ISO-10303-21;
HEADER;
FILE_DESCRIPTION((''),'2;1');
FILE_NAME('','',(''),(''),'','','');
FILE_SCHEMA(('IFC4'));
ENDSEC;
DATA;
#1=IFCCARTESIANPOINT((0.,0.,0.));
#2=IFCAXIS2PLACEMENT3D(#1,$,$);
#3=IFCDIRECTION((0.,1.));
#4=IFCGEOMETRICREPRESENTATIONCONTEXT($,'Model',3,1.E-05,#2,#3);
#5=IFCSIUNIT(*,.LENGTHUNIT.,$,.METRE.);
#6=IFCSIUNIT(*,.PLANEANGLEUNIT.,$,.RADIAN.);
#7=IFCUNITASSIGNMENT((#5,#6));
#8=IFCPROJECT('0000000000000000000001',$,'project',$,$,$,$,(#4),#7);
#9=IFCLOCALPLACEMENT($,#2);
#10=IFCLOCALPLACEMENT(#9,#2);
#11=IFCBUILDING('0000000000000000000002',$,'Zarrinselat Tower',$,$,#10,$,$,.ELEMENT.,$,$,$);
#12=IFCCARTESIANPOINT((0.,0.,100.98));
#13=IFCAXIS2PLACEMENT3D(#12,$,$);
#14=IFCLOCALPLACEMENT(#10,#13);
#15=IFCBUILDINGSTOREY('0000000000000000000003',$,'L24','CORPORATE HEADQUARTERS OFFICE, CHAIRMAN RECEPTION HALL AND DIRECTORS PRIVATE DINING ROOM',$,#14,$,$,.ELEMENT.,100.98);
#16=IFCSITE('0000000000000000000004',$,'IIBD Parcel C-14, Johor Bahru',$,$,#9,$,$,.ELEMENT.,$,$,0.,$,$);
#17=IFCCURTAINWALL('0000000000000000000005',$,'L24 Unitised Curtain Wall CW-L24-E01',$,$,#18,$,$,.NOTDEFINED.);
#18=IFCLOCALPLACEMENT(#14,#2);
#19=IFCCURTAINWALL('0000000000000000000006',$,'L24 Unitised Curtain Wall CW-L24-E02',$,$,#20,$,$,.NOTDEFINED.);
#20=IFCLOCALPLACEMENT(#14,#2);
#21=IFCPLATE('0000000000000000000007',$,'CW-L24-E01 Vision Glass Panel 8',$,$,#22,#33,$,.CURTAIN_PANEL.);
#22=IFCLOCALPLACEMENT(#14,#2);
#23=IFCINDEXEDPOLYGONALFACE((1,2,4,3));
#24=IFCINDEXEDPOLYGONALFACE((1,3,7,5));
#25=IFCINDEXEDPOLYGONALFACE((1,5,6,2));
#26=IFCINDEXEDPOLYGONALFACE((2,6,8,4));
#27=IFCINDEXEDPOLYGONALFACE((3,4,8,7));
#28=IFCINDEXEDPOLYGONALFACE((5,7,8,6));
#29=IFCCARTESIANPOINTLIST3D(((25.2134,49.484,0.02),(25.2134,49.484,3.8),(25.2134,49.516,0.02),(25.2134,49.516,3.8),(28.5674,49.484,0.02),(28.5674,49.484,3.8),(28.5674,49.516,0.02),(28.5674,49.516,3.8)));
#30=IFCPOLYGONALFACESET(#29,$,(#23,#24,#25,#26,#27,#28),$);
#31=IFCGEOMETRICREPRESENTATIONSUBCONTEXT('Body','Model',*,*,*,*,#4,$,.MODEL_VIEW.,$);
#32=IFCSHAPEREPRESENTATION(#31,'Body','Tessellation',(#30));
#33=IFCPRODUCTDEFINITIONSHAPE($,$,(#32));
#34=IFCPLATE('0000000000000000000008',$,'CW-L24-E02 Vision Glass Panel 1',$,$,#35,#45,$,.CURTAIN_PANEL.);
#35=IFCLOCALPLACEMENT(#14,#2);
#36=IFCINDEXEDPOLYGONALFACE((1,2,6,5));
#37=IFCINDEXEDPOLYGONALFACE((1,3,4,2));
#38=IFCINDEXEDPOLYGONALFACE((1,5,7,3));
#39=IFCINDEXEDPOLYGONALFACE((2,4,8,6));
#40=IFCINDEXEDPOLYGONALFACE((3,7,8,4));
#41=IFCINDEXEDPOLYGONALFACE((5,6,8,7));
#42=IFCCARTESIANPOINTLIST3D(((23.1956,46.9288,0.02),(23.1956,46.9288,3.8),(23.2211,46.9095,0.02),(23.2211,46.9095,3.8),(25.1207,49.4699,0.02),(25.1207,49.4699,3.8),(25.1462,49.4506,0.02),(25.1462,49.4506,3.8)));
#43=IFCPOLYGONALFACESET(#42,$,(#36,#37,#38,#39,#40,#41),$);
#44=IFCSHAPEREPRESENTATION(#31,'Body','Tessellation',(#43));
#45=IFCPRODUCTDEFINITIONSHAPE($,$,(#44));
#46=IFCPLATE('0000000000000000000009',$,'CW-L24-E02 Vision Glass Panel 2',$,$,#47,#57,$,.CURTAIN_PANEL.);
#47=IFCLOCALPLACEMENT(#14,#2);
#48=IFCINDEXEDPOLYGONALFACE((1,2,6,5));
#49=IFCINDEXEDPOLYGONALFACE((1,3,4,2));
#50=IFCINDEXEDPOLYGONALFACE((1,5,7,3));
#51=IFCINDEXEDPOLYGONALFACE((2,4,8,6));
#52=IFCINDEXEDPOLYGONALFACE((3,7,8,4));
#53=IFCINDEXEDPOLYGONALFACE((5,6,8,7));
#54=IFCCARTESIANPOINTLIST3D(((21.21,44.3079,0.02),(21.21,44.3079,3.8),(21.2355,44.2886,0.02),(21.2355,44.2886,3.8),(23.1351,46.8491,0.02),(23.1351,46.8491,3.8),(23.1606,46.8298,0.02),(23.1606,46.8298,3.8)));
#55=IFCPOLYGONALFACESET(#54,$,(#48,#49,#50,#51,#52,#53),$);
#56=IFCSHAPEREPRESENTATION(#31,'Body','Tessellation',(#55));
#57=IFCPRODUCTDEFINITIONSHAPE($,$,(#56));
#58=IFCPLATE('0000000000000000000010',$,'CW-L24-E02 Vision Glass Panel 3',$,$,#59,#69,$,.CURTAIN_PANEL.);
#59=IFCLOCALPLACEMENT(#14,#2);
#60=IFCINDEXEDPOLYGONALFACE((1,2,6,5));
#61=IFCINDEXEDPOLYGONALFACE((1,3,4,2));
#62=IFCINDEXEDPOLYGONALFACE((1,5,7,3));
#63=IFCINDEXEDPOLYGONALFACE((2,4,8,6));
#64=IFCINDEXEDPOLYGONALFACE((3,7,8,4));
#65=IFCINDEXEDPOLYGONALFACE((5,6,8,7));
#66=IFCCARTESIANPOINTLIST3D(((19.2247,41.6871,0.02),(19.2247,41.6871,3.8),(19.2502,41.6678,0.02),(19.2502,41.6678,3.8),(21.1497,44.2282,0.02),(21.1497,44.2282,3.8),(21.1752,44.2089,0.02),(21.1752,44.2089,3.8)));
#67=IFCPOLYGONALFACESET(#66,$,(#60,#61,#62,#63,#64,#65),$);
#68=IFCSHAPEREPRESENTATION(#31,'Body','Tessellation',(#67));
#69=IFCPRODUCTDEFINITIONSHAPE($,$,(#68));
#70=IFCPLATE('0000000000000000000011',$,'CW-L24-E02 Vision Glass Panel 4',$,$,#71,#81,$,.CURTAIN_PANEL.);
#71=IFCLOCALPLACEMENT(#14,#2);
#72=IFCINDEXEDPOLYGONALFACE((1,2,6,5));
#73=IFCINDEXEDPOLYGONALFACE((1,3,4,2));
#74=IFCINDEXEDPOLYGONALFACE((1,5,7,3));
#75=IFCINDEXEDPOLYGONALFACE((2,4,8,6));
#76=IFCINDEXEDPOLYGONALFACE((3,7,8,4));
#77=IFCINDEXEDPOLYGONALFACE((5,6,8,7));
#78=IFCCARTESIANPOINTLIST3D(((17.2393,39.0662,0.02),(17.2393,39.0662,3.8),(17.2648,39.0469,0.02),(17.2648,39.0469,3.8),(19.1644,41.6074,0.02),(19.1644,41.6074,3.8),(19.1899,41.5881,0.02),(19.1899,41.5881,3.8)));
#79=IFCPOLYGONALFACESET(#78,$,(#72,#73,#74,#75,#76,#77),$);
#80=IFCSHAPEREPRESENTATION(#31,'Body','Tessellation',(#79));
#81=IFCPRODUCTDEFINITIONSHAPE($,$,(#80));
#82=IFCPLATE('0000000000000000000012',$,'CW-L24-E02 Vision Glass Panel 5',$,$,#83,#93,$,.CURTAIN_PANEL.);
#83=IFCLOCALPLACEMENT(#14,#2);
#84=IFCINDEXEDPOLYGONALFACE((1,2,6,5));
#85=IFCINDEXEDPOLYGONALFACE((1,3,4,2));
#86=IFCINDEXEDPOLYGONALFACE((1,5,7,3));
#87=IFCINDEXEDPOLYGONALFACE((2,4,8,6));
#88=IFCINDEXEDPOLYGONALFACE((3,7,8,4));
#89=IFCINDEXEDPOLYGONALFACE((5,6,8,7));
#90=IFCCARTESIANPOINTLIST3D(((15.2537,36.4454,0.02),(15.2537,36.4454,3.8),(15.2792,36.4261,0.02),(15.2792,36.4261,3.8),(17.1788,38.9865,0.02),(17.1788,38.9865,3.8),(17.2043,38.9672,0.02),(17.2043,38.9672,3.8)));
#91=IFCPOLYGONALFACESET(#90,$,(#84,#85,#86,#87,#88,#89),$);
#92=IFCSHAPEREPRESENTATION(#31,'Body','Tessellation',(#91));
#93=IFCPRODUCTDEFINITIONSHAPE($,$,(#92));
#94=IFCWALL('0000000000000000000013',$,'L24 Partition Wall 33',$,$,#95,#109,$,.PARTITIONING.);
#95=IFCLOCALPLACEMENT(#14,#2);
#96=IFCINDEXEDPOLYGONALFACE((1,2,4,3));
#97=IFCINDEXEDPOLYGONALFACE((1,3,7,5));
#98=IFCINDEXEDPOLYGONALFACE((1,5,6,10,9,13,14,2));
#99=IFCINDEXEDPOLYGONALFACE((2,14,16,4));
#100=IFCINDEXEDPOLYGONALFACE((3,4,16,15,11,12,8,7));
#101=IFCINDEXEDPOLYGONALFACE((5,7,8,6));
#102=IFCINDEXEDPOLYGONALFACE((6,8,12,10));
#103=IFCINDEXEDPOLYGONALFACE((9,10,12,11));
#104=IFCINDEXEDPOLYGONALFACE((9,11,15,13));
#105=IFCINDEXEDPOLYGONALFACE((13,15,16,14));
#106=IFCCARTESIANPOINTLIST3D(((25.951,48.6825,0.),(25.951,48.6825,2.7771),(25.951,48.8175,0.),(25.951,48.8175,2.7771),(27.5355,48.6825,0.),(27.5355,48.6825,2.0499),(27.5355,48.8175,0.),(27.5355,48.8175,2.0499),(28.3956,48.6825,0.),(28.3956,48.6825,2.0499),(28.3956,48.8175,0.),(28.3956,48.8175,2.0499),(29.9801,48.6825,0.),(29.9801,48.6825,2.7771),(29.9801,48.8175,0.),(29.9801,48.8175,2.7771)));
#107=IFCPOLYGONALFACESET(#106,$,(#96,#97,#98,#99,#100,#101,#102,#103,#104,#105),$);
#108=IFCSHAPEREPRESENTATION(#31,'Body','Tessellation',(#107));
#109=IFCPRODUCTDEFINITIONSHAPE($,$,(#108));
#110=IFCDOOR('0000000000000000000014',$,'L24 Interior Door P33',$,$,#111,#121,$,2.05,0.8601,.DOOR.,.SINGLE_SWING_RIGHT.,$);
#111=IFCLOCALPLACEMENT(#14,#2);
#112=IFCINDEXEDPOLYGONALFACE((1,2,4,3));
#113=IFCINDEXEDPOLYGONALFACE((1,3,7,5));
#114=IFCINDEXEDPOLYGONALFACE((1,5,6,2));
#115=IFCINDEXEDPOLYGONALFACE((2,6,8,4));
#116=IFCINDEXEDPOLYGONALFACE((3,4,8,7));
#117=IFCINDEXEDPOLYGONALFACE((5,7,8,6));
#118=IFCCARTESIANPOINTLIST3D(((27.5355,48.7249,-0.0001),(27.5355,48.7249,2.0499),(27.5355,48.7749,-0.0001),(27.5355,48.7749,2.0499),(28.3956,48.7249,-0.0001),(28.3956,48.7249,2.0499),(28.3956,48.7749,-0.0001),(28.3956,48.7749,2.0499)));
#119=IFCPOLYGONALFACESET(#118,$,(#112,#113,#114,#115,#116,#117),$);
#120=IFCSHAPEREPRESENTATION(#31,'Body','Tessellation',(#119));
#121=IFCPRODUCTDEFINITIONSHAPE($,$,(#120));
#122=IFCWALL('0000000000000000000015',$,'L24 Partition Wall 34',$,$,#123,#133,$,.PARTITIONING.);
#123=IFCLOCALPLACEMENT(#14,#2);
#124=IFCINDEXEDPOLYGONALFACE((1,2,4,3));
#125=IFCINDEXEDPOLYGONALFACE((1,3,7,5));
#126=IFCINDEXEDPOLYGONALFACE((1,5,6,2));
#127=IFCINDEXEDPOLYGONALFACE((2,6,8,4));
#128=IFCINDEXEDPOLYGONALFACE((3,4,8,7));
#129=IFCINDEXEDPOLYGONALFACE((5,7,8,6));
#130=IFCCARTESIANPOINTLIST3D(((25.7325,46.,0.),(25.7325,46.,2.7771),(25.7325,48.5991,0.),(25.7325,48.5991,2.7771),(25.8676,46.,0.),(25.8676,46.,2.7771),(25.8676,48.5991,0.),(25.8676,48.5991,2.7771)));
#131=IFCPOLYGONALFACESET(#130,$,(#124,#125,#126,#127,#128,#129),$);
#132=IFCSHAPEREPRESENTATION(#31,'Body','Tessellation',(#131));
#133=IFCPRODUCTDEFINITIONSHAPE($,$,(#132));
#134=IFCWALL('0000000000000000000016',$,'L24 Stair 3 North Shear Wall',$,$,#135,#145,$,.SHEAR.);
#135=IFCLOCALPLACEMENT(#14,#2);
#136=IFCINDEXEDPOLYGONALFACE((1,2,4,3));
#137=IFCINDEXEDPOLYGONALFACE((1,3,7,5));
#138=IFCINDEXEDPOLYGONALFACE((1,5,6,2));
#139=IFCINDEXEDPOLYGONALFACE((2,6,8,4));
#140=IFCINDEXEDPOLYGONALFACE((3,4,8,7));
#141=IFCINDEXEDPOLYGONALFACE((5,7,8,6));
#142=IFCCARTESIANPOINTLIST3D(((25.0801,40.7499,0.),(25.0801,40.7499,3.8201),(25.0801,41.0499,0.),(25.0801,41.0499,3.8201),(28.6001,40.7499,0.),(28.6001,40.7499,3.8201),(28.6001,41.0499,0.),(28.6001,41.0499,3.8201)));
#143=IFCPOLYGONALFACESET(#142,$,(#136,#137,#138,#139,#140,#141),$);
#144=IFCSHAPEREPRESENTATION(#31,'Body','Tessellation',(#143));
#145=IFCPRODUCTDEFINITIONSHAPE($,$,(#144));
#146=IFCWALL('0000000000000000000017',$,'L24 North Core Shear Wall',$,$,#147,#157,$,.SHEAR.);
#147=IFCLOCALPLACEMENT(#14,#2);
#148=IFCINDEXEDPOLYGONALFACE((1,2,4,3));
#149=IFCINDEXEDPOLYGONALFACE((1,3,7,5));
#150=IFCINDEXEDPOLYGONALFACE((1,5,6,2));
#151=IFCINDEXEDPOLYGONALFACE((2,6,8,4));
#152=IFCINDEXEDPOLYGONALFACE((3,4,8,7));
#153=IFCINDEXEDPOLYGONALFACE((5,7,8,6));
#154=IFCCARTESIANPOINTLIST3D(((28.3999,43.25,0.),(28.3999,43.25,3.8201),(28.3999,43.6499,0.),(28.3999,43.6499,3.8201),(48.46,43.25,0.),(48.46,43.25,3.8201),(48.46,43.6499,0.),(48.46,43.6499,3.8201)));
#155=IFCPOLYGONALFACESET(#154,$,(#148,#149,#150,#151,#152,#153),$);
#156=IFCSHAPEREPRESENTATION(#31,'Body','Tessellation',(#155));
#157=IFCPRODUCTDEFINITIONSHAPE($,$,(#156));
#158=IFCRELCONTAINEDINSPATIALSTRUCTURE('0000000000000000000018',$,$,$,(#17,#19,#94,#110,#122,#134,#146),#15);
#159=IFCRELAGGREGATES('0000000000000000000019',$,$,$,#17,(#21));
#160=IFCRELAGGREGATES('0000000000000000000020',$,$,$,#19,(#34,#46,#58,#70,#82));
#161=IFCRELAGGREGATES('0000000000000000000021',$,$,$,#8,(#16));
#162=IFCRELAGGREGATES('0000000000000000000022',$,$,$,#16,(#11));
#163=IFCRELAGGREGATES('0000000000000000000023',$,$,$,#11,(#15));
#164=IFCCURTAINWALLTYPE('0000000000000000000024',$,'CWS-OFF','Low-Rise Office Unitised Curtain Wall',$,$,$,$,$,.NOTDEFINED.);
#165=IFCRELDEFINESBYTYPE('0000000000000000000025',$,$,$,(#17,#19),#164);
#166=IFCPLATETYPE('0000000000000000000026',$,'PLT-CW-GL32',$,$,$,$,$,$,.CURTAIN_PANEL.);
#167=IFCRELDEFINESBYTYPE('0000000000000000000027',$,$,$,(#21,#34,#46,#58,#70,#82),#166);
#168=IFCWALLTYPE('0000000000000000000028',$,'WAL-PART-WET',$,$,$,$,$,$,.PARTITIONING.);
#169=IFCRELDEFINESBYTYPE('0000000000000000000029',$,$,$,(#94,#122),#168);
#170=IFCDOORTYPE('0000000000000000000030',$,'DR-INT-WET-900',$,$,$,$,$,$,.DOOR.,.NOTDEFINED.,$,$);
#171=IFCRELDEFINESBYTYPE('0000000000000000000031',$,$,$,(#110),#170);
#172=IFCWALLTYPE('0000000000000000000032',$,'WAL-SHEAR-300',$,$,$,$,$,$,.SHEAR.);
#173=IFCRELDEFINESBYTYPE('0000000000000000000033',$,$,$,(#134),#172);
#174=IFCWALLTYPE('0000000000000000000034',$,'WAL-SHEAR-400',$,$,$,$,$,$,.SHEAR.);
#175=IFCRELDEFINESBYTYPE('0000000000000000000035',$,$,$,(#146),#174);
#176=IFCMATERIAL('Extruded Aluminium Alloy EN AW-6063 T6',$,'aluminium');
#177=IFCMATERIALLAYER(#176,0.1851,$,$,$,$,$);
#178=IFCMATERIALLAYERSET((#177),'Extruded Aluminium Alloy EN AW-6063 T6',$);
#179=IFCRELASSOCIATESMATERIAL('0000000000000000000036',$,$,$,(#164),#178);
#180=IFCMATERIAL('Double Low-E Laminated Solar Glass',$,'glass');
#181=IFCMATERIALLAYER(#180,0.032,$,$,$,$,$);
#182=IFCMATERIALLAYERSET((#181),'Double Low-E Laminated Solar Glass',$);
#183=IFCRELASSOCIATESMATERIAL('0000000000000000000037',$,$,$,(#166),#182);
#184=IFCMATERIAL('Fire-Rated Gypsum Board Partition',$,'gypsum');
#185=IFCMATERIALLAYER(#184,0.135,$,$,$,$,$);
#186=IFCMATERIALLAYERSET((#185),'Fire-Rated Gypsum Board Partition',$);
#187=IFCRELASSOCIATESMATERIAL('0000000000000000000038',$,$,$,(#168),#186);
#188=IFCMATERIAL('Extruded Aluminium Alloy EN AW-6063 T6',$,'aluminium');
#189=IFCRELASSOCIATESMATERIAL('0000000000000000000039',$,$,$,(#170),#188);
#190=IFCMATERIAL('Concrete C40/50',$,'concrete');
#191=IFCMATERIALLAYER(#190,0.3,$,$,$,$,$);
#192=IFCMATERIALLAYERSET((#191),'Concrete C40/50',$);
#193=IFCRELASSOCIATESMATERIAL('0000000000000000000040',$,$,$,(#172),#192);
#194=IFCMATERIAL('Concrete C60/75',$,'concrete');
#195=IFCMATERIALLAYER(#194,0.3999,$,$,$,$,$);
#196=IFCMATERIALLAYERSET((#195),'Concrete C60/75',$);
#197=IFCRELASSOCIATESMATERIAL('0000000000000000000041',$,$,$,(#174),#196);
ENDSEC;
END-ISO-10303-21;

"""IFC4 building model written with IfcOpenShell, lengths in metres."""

from ifc_helpers import new_model, si_unit, direction, frame, frame_2d, origin, origin_2d, place, context, subcontext, project, spatial, rectangle, extrude, material, layer, layer_set, type_object, element, fill, aggregate, save


model = new_model("IFC4")

# Units and contexts
model_context = context("Model", 3, precision=1e-05, world=origin(), true_north=direction((0.0, 1.0)))
body_context = subcontext(model_context, "Body", "Model", "MODEL_VIEW")
ifc_project = project(units=[si_unit("LENGTHUNIT", "METRE"), si_unit("PLANEANGLEUNIT", "RADIAN")], contexts=[model_context])

# Site, building, storey
site_placement = place(None, origin())
site = spatial("IfcSite", under=ifc_project, at=site_placement, Name="IIBD Parcel C-14, Johor Bahru", CompositionType="ELEMENT", RefElevation=0.0)
building_placement = place(site_placement, origin())
building = spatial("IfcBuilding", under=site, at=building_placement, Name="Zarrinselat Tower", CompositionType="ELEMENT")
storey_placement = place(building_placement, frame((0.0, 0.0, 100.98)))
storey = spatial("IfcBuildingStorey", under=building, at=storey_placement, Name="L24", Description="CORPORATE HEADQUARTERS OFFICE, CHAIRMAN RECEPTION HALL AND DIRECTORS PRIVATE DINING ROOM", CompositionType="ELEMENT", Elevation=100.98)

# Curtain walls
ifc_material_1 = material(Name="Extruded Aluminium Alloy EN AW-6063 T6", Category="aluminium")
ifc_layer_1 = layer(ifc_material_1, 0.1851)
ifc_layer_set_1 = layer_set([ifc_layer_1], Name="Extruded Aluminium Alloy EN AW-6063 T6")
curtain_wall_type = type_object("IfcCurtainWallType", Name="CWS-OFF", Description="Low-Rise Office Unitised Curtain Wall", PredefinedType="NOTDEFINED", material=ifc_layer_set_1)
curtain_wall_1_placement = place(storey_placement, origin())
curtain_wall_1 = element("IfcCurtainWall", 1, at=curtain_wall_1_placement, inside=storey, type_object=curtain_wall_type, Name="L24 Unitised Curtain Wall CW-L24-E01", PredefinedType="NOTDEFINED")
curtain_wall_2_placement = place(storey_placement, origin())
curtain_wall_2 = element("IfcCurtainWall", 2, at=curtain_wall_2_placement, inside=storey, type_object=curtain_wall_type, Name="L24 Unitised Curtain Wall CW-L24-E02", PredefinedType="NOTDEFINED")

# Plates
ifc_material_2 = material(Name="Double Low-E Laminated Solar Glass", Category="glass")
ifc_layer_2 = layer(ifc_material_2, 0.032)
ifc_layer_set_2 = layer_set([ifc_layer_2], Name="Double Low-E Laminated Solar Glass")
plate_type = type_object("IfcPlateType", Name="PLT-CW-GL32", PredefinedType="CURTAIN_PANEL", material=ifc_layer_set_2)
plate_1_placement = place(storey_placement, frame((26.8904, 49.5, 0.02), z_axis=(0.0, 0.0, 1.0), x_axis=(-1.0, 0.0, 0.0)))
plate_1 = element("IfcPlate", 3, at=plate_1_placement, type_object=plate_type, Name="CW-L24-E01 Vision Glass Panel 8", PredefinedType="CURTAIN_PANEL", context=body_context, shape_type="SweptSolid", body=[
    extrude(rectangle(XDim=3.354, YDim=0.032, at=origin_2d()), origin(), (0.0, 0.0, 1.0), 3.78),
])
aggregate(curtain_wall_1, [plate_1])
plate_2_placement = place(storey_placement, frame((24.1709, 48.1897, 0.02), z_axis=(0.0, 0.0, 1.0), x_axis=(-0.603855, -0.797094, 0.0)))
plate_2 = element("IfcPlate", 4, at=plate_2_placement, type_object=plate_type, Name="CW-L24-E02 Vision Glass Panel 1", PredefinedType="CURTAIN_PANEL", context=body_context, shape_type="SweptSolid", body=[
    extrude(rectangle(XDim=3.188, YDim=0.032, at=origin_2d()), origin(), (0.0, 0.0, 1.0), 3.78),
])
plate_3_placement = place(storey_placement, frame((22.1853, 45.5688, 0.02), z_axis=(0.0, 0.0, 1.0), x_axis=(-0.603855, -0.797094, 0.0)))
plate_3 = element("IfcPlate", 5, at=plate_3_placement, type_object=plate_type, Name="CW-L24-E02 Vision Glass Panel 2", PredefinedType="CURTAIN_PANEL", context=body_context, shape_type="SweptSolid", body=[
    extrude(rectangle(XDim=3.188, YDim=0.032, at=origin_2d()), origin(), (0.0, 0.0, 1.0), 3.78),
])
plate_4_placement = place(storey_placement, frame((20.2, 42.948, 0.02), z_axis=(0.0, 0.0, 1.0), x_axis=(-0.603855, -0.797094, 0.0)))
plate_4 = element("IfcPlate", 6, at=plate_4_placement, type_object=plate_type, Name="CW-L24-E02 Vision Glass Panel 3", PredefinedType="CURTAIN_PANEL", context=body_context, shape_type="SweptSolid", body=[
    extrude(rectangle(XDim=3.188, YDim=0.032, at=origin_2d()), origin(), (0.0, 0.0, 1.0), 3.78),
])
plate_5_placement = place(storey_placement, frame((18.2146, 40.3271, 0.02), z_axis=(0.0, 0.0, 1.0), x_axis=(-0.603855, -0.797094, 0.0)))
plate_5 = element("IfcPlate", 7, at=plate_5_placement, type_object=plate_type, Name="CW-L24-E02 Vision Glass Panel 4", PredefinedType="CURTAIN_PANEL", context=body_context, shape_type="SweptSolid", body=[
    extrude(rectangle(XDim=3.188, YDim=0.032, at=origin_2d()), origin(), (0.0, 0.0, 1.0), 3.78),
])
plate_6_placement = place(storey_placement, frame((16.229, 37.7063, 0.02), z_axis=(0.0, 0.0, 1.0), x_axis=(-0.603855, -0.797094, 0.0)))
plate_6 = element("IfcPlate", 8, at=plate_6_placement, type_object=plate_type, Name="CW-L24-E02 Vision Glass Panel 5", PredefinedType="CURTAIN_PANEL", context=body_context, shape_type="SweptSolid", body=[
    extrude(rectangle(XDim=3.188, YDim=0.032, at=origin_2d()), origin(), (0.0, 0.0, 1.0), 3.78),
])
aggregate(curtain_wall_2, [plate_2, plate_3, plate_4, plate_5, plate_6])

# Wall, opening, door
ifc_material_3 = material(Name="Fire-Rated Gypsum Board Partition", Category="gypsum")
ifc_layer_3 = layer(ifc_material_3, 0.135)
ifc_layer_set_3 = layer_set([ifc_layer_3], Name="Fire-Rated Gypsum Board Partition")
wall_type_1 = type_object("IfcWallType", Name="WAL-PART-WET", PredefinedType="PARTITIONING", material=ifc_layer_set_3)
wall_1_placement = place(storey_placement, frame((25.9509, 48.75, 0.0), z_axis=(0.0, 0.0, 1.0), x_axis=(1.0, 0.0, 0.0)))
wall_1 = element("IfcWall", 9, at=wall_1_placement, inside=storey, type_object=wall_type_1, Name="L24 Partition Wall 33", PredefinedType="PARTITIONING", context=body_context, shape_type="SweptSolid", body=[
    extrude(rectangle(XDim=4.0291, YDim=0.135, at=frame_2d((2.0146, 0.0))), origin(), (0.0, 0.0, 1.0), 2.7771),
])
opening_placement = place(wall_1_placement, frame((1.5845, 0.0, 0.0)))
opening = element("IfcOpeningElement", 10, at=opening_placement, cuts=wall_1, PredefinedType="OPENING", context=body_context, shape_type="SweptSolid", body=[
    extrude(rectangle(XDim=0.8601, YDim=2.05, at=frame_2d((0.4302, 1.0249))), frame((0.0, 0.0774, 0.0), z_axis=(0.0, -1.0, 0.0), x_axis=(1.0, 0.0, 0.0)), (0.0, 0.0, 1.0), 0.155),
])
ifc_material_4 = material(Name="Extruded Aluminium Alloy EN AW-6063 T6", Category="aluminium")
door_type = type_object("IfcDoorType", Name="DR-INT-WET-900", OperationType="NOTDEFINED", PredefinedType="DOOR", material=ifc_material_4)
door_placement = place(opening_placement, origin())
door = element("IfcDoor", 11, at=door_placement, inside=storey, type_object=door_type, Name="L24 Interior Door P33", OperationType="SINGLE_SWING_RIGHT", OverallHeight=2.05, OverallWidth=0.8601, PredefinedType="DOOR", context=body_context, shape_type="SweptSolid", body=[
    extrude(rectangle(XDim=0.8601, YDim=2.05, at=frame_2d((0.4302, 1.0249))), frame((0.0, 0.0249, 0.0), z_axis=(0.0, -1.0, 0.0), x_axis=(1.0, 0.0, 0.0)), (0.0, 0.0, 1.0), 0.05),
])
fill(opening, door)

# Walls
wall_2_placement = place(storey_placement, frame((25.8, 46.0, 0.0), z_axis=(0.0, 0.0, 1.0), x_axis=(0.0, 1.0, 0.0)))
element("IfcWall", 12, at=wall_2_placement, inside=storey, type_object=wall_type_1, Name="L24 Partition Wall 34", PredefinedType="PARTITIONING", context=body_context, shape_type="SweptSolid", body=[
    extrude(rectangle(XDim=2.5991, YDim=0.135, at=frame_2d((1.2996, 0.0))), origin(), (0.0, 0.0, 1.0), 2.7771),
])
ifc_material_5 = material(Name="Concrete C40/50", Category="concrete")
ifc_layer_4 = layer(ifc_material_5, 0.3)
ifc_layer_set_4 = layer_set([ifc_layer_4], Name="Concrete C40/50")
wall_type_2 = type_object("IfcWallType", Name="WAL-SHEAR-300", PredefinedType="SHEAR", material=ifc_layer_set_4)
wall_3_placement = place(storey_placement, frame((25.0801, 40.8999, 0.0), z_axis=(0.0, 0.0, 1.0), x_axis=(1.0, 0.0, 0.0)))
element("IfcWall", 13, at=wall_3_placement, inside=storey, type_object=wall_type_2, Name="L24 Stair 3 North Shear Wall", PredefinedType="SHEAR", context=body_context, shape_type="SweptSolid", body=[
    extrude(rectangle(XDim=3.52, YDim=0.3, at=frame_2d((1.76, 0.0))), origin(), (0.0, 0.0, 1.0), 3.8201),
])
ifc_material_6 = material(Name="Concrete C60/75", Category="concrete")
ifc_layer_5 = layer(ifc_material_6, 0.3999)
ifc_layer_set_5 = layer_set([ifc_layer_5], Name="Concrete C60/75")
wall_type_3 = type_object("IfcWallType", Name="WAL-SHEAR-400", PredefinedType="SHEAR", material=ifc_layer_set_5)
wall_4_placement = place(storey_placement, frame((28.3999, 43.45, 0.0), z_axis=(0.0, 0.0, 1.0), x_axis=(1.0, 0.0, 0.0)))
element("IfcWall", 14, at=wall_4_placement, inside=storey, type_object=wall_type_3, Name="L24 North Core Shear Wall", PredefinedType="SHEAR", context=body_context, shape_type="SweptSolid", body=[
    extrude(rectangle(XDim=20.0601, YDim=0.3999, at=frame_2d((10.03, 0.0))), origin(), (0.0, 0.0, 1.0), 3.8201),
])

save(model, "model.ifc")
